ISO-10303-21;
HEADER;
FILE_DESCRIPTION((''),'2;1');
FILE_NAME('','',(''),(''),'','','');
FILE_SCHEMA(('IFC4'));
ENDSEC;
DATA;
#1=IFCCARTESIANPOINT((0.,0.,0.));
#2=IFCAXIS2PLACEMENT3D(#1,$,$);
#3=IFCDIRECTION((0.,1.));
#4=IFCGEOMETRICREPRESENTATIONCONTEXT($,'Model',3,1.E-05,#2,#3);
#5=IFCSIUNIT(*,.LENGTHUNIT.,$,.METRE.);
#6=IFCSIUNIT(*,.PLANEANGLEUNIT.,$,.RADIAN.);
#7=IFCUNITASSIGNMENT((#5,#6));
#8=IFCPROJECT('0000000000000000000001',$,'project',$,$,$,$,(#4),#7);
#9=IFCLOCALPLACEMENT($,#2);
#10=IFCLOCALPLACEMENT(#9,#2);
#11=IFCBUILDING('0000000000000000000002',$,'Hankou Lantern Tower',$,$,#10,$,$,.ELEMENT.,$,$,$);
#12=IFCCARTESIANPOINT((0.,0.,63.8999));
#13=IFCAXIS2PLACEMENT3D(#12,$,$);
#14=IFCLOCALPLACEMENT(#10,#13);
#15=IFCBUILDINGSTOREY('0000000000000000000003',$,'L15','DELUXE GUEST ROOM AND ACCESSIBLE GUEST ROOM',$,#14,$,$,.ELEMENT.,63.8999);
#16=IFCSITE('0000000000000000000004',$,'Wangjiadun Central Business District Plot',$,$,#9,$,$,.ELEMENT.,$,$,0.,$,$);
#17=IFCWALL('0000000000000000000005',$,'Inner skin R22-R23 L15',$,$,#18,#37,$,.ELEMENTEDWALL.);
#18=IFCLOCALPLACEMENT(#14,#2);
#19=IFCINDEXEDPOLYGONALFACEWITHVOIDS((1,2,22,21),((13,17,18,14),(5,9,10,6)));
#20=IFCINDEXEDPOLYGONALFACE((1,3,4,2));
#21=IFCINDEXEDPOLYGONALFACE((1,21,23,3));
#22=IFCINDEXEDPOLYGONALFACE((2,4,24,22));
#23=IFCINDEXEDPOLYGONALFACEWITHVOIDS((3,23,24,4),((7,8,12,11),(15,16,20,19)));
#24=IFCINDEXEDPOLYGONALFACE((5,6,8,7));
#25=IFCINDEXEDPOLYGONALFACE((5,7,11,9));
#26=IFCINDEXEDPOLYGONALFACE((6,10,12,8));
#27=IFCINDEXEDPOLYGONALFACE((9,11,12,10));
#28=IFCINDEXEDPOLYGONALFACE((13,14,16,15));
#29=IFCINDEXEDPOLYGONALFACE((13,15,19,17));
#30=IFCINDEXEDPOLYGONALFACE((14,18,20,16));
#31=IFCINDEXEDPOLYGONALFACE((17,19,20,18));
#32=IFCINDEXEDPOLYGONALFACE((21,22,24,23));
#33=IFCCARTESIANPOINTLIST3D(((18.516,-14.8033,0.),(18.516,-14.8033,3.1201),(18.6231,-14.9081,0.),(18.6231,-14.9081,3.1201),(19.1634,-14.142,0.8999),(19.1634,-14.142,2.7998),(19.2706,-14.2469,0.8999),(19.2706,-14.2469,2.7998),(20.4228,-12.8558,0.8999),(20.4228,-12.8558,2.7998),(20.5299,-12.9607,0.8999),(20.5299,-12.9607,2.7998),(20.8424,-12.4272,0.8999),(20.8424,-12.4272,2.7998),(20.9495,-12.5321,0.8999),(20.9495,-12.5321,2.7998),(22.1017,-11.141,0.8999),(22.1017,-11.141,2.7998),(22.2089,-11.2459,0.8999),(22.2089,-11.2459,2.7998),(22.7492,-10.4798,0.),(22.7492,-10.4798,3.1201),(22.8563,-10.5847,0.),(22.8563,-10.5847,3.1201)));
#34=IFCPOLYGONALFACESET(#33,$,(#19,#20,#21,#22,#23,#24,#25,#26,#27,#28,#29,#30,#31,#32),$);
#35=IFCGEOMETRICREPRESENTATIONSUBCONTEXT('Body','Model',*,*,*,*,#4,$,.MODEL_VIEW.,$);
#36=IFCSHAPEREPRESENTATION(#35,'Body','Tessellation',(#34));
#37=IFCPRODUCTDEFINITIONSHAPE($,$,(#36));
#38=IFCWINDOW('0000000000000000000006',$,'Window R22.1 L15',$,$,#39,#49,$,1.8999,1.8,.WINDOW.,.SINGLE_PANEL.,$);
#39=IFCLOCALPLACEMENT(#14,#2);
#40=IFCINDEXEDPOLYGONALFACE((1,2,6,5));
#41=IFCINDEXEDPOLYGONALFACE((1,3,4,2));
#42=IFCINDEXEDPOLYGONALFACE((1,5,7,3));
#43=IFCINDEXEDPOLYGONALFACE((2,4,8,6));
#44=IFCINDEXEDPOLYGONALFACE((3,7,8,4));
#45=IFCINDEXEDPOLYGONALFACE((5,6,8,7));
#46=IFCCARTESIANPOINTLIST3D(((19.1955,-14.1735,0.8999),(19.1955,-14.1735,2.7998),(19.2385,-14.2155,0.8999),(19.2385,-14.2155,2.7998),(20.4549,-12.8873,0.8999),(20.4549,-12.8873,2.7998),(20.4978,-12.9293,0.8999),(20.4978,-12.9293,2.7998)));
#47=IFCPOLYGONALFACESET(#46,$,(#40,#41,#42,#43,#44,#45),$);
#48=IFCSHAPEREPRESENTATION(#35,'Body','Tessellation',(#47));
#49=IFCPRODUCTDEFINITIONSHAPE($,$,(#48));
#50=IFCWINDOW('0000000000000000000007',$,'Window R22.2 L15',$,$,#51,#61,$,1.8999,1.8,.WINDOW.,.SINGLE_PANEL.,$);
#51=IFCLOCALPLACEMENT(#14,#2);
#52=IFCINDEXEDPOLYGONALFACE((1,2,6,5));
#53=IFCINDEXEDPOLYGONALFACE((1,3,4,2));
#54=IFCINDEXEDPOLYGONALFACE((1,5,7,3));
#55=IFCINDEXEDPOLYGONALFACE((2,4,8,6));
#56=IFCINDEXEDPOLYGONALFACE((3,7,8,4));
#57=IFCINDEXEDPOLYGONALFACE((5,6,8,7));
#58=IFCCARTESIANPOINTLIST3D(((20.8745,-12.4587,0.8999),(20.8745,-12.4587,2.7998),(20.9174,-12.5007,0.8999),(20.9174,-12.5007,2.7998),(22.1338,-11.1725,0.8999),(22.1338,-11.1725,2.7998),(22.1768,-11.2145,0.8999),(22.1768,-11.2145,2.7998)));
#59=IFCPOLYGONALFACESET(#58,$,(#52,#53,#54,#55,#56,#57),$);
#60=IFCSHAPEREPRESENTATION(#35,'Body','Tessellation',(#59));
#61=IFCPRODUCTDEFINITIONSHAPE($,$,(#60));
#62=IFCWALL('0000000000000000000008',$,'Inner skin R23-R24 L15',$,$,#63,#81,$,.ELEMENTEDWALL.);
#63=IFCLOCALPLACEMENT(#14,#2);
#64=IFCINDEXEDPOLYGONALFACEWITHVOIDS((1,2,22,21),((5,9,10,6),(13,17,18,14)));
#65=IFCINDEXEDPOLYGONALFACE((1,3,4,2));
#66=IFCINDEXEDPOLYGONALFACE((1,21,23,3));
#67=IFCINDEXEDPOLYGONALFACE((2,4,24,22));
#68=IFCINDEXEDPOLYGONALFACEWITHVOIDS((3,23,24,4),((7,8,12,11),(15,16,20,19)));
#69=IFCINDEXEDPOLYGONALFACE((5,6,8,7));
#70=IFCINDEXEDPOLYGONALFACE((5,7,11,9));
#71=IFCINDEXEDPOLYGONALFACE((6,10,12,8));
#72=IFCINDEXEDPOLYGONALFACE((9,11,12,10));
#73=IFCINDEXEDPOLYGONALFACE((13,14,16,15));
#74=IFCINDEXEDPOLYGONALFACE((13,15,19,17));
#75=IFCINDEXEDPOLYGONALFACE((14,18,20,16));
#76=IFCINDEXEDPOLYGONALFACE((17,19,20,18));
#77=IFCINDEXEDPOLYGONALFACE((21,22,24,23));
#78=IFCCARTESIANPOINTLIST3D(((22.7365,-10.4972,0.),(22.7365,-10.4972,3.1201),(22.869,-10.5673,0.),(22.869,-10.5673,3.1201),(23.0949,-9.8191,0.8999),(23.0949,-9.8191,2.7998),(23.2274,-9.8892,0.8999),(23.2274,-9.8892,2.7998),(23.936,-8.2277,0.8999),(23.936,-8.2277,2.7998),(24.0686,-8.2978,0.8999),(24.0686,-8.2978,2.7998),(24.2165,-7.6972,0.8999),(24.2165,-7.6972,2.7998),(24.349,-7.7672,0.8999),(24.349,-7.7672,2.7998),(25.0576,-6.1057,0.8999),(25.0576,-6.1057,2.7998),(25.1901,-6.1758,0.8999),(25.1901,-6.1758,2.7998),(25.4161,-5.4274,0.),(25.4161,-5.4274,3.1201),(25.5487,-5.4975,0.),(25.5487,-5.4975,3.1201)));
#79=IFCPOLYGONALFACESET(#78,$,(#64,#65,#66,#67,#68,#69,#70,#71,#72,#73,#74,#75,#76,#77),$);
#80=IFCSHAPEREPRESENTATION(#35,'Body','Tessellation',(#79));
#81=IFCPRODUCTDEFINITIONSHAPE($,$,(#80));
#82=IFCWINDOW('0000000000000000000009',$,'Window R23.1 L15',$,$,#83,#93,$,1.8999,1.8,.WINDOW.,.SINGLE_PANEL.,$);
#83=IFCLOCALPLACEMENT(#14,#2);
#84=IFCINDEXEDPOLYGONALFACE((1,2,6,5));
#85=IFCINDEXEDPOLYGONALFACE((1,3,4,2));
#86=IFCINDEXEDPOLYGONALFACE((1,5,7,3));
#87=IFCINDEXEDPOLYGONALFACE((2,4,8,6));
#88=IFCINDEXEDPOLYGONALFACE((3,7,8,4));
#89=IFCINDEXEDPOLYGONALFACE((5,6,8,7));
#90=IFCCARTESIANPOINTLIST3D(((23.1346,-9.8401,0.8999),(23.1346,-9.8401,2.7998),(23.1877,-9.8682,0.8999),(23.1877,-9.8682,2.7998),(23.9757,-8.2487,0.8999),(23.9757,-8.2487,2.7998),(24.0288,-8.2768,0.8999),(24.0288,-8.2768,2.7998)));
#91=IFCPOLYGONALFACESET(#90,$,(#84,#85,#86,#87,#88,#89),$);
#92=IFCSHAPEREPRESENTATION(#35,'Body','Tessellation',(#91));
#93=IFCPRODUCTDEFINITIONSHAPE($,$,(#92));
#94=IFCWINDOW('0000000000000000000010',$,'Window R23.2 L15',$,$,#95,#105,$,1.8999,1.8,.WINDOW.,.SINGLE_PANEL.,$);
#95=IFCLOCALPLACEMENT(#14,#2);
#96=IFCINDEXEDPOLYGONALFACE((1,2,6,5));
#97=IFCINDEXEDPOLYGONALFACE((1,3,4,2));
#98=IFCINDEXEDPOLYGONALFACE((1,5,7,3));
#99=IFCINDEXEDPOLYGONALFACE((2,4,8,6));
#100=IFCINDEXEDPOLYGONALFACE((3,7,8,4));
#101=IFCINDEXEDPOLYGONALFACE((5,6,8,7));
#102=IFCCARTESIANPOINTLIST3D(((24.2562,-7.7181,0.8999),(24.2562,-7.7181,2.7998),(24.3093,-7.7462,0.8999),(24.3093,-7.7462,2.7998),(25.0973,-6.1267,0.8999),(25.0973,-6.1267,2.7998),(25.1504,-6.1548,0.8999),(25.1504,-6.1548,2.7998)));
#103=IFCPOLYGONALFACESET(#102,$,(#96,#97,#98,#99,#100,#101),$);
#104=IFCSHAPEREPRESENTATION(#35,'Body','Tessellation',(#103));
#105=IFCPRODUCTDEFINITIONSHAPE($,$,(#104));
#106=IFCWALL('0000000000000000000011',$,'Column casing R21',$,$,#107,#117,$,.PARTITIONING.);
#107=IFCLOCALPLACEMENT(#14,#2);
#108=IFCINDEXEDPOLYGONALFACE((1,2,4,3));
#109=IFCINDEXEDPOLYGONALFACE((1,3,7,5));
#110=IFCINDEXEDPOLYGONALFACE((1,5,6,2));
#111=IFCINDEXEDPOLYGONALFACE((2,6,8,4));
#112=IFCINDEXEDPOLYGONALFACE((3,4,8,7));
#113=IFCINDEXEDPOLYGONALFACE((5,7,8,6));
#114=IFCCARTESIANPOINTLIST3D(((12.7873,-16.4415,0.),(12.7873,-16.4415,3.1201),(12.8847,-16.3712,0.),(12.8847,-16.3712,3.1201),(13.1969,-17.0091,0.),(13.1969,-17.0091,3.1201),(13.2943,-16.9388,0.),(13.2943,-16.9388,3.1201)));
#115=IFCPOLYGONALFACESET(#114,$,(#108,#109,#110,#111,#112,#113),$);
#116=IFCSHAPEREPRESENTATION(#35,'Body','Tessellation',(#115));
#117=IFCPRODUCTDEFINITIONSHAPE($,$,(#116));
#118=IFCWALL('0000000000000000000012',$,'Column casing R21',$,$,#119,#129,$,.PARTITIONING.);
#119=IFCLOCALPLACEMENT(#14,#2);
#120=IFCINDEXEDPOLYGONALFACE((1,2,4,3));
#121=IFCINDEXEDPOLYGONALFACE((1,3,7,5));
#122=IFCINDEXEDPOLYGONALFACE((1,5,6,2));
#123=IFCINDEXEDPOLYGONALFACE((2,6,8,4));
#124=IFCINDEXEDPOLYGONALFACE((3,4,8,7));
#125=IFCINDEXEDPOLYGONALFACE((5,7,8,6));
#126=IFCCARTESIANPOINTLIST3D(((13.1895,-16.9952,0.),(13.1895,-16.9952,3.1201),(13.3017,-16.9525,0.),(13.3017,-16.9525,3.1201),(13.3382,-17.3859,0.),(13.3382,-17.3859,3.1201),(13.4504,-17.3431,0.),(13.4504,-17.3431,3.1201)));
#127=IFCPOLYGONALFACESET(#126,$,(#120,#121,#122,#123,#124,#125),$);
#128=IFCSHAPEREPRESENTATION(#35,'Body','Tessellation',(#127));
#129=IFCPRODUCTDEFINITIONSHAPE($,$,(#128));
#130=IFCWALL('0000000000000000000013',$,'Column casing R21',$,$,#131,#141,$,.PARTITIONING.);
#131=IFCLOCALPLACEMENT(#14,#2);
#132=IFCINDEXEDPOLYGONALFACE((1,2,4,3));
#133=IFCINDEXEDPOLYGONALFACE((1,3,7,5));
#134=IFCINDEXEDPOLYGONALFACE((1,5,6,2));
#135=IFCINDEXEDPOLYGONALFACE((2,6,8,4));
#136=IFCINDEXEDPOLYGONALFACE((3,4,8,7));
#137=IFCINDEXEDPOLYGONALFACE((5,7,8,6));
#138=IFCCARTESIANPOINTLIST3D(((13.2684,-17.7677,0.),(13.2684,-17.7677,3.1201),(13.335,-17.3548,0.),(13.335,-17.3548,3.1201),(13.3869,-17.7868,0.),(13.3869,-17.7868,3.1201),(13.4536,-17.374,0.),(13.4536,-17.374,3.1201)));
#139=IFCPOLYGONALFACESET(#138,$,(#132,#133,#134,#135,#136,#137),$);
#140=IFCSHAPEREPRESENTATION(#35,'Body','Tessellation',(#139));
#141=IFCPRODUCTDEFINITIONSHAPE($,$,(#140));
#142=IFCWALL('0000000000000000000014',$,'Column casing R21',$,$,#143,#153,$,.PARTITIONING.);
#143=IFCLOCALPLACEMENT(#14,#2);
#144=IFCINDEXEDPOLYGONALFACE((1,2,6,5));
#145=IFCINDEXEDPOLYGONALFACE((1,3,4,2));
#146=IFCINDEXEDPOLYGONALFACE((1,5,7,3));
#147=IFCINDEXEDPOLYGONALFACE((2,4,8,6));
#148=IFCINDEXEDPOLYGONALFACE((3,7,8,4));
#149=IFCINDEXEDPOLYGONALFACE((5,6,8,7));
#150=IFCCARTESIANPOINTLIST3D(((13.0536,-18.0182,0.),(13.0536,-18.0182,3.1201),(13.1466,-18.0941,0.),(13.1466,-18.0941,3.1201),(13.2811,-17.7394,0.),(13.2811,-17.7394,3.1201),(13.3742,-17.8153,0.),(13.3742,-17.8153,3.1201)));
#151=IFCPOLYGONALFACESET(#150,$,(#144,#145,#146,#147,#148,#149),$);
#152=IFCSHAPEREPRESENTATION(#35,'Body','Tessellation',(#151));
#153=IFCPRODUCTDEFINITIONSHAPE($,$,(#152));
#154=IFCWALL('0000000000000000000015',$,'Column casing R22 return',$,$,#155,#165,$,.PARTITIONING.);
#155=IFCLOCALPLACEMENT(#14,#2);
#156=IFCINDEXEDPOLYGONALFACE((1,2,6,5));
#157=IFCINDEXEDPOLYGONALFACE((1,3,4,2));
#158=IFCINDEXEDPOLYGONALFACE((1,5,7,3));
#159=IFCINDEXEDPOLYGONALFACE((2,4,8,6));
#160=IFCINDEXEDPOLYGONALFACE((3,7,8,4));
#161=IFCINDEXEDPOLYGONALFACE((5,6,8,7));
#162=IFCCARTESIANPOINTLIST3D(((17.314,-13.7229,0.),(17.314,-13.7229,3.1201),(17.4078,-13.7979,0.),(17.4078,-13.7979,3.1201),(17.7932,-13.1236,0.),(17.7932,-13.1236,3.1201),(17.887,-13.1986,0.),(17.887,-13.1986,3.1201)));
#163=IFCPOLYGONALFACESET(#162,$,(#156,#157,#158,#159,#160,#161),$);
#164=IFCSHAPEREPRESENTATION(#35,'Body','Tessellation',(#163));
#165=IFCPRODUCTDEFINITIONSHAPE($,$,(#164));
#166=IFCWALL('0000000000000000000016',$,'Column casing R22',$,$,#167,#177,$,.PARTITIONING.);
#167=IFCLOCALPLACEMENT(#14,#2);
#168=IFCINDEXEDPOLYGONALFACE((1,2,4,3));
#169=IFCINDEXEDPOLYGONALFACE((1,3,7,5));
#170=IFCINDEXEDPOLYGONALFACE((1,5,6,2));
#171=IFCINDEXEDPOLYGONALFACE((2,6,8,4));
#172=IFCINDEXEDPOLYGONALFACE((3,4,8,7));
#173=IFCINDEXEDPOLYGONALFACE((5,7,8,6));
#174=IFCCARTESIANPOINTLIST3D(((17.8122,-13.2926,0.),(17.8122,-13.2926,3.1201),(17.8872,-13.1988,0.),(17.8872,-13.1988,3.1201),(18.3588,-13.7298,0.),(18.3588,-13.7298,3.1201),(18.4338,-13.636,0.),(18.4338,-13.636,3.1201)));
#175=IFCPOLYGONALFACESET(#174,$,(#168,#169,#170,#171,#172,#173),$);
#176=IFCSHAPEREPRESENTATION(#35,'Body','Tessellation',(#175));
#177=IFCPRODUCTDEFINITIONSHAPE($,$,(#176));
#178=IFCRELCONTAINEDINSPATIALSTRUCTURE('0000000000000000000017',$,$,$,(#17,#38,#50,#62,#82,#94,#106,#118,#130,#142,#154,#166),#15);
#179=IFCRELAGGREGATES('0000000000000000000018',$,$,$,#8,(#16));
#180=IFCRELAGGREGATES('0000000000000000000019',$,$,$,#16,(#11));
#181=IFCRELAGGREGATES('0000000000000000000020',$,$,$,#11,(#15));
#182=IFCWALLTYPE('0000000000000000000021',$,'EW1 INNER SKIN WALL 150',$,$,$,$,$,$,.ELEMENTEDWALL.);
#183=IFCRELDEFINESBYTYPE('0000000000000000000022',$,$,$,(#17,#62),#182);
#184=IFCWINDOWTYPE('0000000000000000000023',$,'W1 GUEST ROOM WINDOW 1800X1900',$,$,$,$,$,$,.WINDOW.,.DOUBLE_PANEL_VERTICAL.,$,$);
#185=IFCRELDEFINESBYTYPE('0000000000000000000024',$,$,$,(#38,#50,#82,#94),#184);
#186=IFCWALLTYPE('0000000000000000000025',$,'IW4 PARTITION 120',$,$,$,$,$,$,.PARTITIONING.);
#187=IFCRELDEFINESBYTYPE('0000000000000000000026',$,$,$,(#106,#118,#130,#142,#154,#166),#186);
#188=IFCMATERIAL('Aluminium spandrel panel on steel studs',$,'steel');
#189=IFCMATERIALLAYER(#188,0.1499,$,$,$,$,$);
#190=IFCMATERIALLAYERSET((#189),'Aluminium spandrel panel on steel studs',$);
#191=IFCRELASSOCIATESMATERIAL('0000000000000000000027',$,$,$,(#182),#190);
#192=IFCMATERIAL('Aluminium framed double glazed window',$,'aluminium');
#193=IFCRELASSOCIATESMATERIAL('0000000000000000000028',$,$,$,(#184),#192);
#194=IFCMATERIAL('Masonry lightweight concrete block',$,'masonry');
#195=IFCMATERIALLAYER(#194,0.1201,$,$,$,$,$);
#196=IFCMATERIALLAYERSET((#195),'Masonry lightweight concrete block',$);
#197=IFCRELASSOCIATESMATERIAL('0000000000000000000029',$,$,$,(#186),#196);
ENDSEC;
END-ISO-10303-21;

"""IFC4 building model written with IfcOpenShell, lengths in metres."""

from ifc_helpers import new_model, si_unit, direction, frame, frame_2d, origin, place, context, subcontext, project, spatial, rectangle, extrude, material, layer, layer_set, type_object, element, fill, save


model = new_model("IFC4")

# Units and contexts
model_context = context("Model", 3, precision=1e-05, world=origin(), true_north=direction((0.0, 1.0)))
body_context = subcontext(model_context, "Body", "Model", "MODEL_VIEW")
ifc_project = project(units=[si_unit("LENGTHUNIT", "METRE"), si_unit("PLANEANGLEUNIT", "RADIAN")], contexts=[model_context])

# Site, building, storey
site_placement = place(None, origin())
site = spatial("IfcSite", under=ifc_project, at=site_placement, Name="Wangjiadun Central Business District Plot", CompositionType="ELEMENT", RefElevation=0.0)
building_placement = place(site_placement, origin())
building = spatial("IfcBuilding", under=site, at=building_placement, Name="Hankou Lantern Tower", CompositionType="ELEMENT")
storey_placement = place(building_placement, frame((0.0, 0.0, 63.8999)))
storey = spatial("IfcBuildingStorey", under=building, at=storey_placement, Name="L15", Description="DELUXE GUEST ROOM AND ACCESSIBLE GUEST ROOM", CompositionType="ELEMENT", Elevation=63.8999)

# Walls, openings, windows
ifc_material_1 = material(Name="Aluminium spandrel panel on steel studs", Category="steel")
ifc_layer_1 = layer(ifc_material_1, 0.1499)
ifc_layer_set_1 = layer_set([ifc_layer_1], Name="Aluminium spandrel panel on steel studs")
wall_type_1 = type_object("IfcWallType", Name="EW1 INNER SKIN WALL 150", PredefinedType="ELEMENTEDWALL", material=ifc_layer_set_1)
ifc_material_2 = material(Name="Aluminium framed double glazed window", Category="aluminium")
window_type = type_object("IfcWindowType", Name="W1 GUEST ROOM WINDOW 1800X1900", PartitioningType="DOUBLE_PANEL_VERTICAL", PredefinedType="WINDOW", material=ifc_material_2)
wall_1_placement = place(storey_placement, frame((18.5696, -14.8557, 0.0), z_axis=(0.0, 0.0, 1.0), x_axis=(0.699603, 0.714532, 0.0)))
wall_1 = element("IfcWall", 1, at=wall_1_placement, inside=storey, type_object=wall_type_1, Name="Inner skin R22-R23 L15", PredefinedType="ELEMENTEDWALL", context=body_context, shape_type="SweptSolid", body=[
    extrude(rectangle(XDim=6.0508, YDim=0.1499, at=frame_2d((3.0254, 0.0))), origin(), (0.0, 0.0, 1.0), 3.1201),
])
opening_1_placement = place(wall_1_placement, frame((0.9255, 0.0, 0.8999)))
opening_1 = element("IfcOpeningElement", 2, at=opening_1_placement, cuts=wall_1, PredefinedType="OPENING", context=body_context, shape_type="SweptSolid", body=[
    extrude(rectangle(XDim=1.8, YDim=1.8999, at=frame_2d((0.8999, 0.95))), frame((0.0, 0.085, 0.0), z_axis=(0.0, -1.0, 0.0), x_axis=(1.0, 0.0, 0.0)), (0.0, 0.0, 1.0), 0.1699),
])
opening_2_placement = place(wall_1_placement, frame((3.3254, 0.0, 0.8999)))
opening_2 = element("IfcOpeningElement", 3, at=opening_2_placement, cuts=wall_1, PredefinedType="OPENING", context=body_context, shape_type="SweptSolid", body=[
    extrude(rectangle(XDim=1.8, YDim=1.8999, at=frame_2d((0.8999, 0.95))), frame((0.0, 0.085, 0.0), z_axis=(0.0, -1.0, 0.0), x_axis=(1.0, 0.0, 0.0)), (0.0, 0.0, 1.0), 0.1699),
])
window_1_placement = place(opening_1_placement, origin())
window_1 = element("IfcWindow", 4, at=window_1_placement, inside=storey, type_object=window_type, Name="Window R22.1 L15", OverallHeight=1.8999, OverallWidth=1.8, PartitioningType="SINGLE_PANEL", PredefinedType="WINDOW", context=body_context, shape_type="SweptSolid", body=[
    extrude(rectangle(XDim=1.8, YDim=1.8999, at=frame_2d((0.8999, 0.95))), frame((0.0, 0.03, 0.0), z_axis=(0.0, -1.0, 0.0), x_axis=(1.0, 0.0, 0.0)), (0.0, 0.0, 1.0), 0.0601),
])
fill(opening_1, window_1)
window_2_placement = place(opening_2_placement, origin())
window_2 = element("IfcWindow", 5, at=window_2_placement, inside=storey, type_object=window_type, Name="Window R22.2 L15", OverallHeight=1.8999, OverallWidth=1.8, PartitioningType="SINGLE_PANEL", PredefinedType="WINDOW", context=body_context, shape_type="SweptSolid", body=[
    extrude(rectangle(XDim=1.8, YDim=1.8999, at=frame_2d((0.8999, 0.95))), frame((0.0, 0.03, 0.0), z_axis=(0.0, -1.0, 0.0), x_axis=(1.0, 0.0, 0.0)), (0.0, 0.0, 1.0), 0.0601),
])
fill(opening_2, window_2)
wall_2_placement = place(storey_placement, frame((22.8027, -10.5322, 0.0), z_axis=(0.0, 0.0, 1.0), x_axis=(0.467297, 0.8841, 0.0)))
wall_2 = element("IfcWall", 6, at=wall_2_placement, inside=storey, type_object=wall_type_1, Name="Inner skin R23-R24 L15", PredefinedType="ELEMENTEDWALL", context=body_context, shape_type="SweptSolid", body=[
    extrude(rectangle(XDim=5.7344, YDim=0.1499, at=frame_2d((2.8672, 0.0))), origin(), (0.0, 0.0, 1.0), 3.1201),
])
opening_3_placement = place(wall_2_placement, frame((0.7671, 0.0, 0.8999)))
opening_3 = element("IfcOpeningElement", 7, at=opening_3_placement, cuts=wall_2, PredefinedType="OPENING", context=body_context, shape_type="SweptSolid", body=[
    extrude(rectangle(XDim=1.8, YDim=1.8999, at=frame_2d((0.8999, 0.95))), frame((0.0, 0.085, 0.0), z_axis=(0.0, -1.0, 0.0), x_axis=(1.0, 0.0, 0.0)), (0.0, 0.0, 1.0), 0.1699),
])
opening_4_placement = place(wall_2_placement, frame((3.1672, 0.0, 0.8999)))
opening_4 = element("IfcOpeningElement", 8, at=opening_4_placement, cuts=wall_2, PredefinedType="OPENING", context=body_context, shape_type="SweptSolid", body=[
    extrude(rectangle(XDim=1.8, YDim=1.8999, at=frame_2d((0.8999, 0.95))), frame((0.0, 0.085, 0.0), z_axis=(0.0, -1.0, 0.0), x_axis=(1.0, 0.0, 0.0)), (0.0, 0.0, 1.0), 0.1699),
])
window_3_placement = place(opening_3_placement, origin())
window_3 = element("IfcWindow", 9, at=window_3_placement, inside=storey, type_object=window_type, Name="Window R23.1 L15", OverallHeight=1.8999, OverallWidth=1.8, PartitioningType="SINGLE_PANEL", PredefinedType="WINDOW", context=body_context, shape_type="SweptSolid", body=[
    extrude(rectangle(XDim=1.8, YDim=1.8999, at=frame_2d((0.8999, 0.95))), frame((0.0, 0.03, 0.0), z_axis=(0.0, -1.0, 0.0), x_axis=(1.0, 0.0, 0.0)), (0.0, 0.0, 1.0), 0.0601),
])
fill(opening_3, window_3)
window_4_placement = place(opening_4_placement, origin())
window_4 = element("IfcWindow", 10, at=window_4_placement, inside=storey, type_object=window_type, Name="Window R23.2 L15", OverallHeight=1.8999, OverallWidth=1.8, PartitioningType="SINGLE_PANEL", PredefinedType="WINDOW", context=body_context, shape_type="SweptSolid", body=[
    extrude(rectangle(XDim=1.8, YDim=1.8999, at=frame_2d((0.8999, 0.95))), frame((0.0, 0.03, 0.0), z_axis=(0.0, -1.0, 0.0), x_axis=(1.0, 0.0, 0.0)), (0.0, 0.0, 1.0), 0.0601),
])
fill(opening_4, window_4)

# Walls
ifc_material_3 = material(Name="Masonry lightweight concrete block", Category="masonry")
ifc_layer_2 = layer(ifc_material_3, 0.1201)
ifc_layer_set_2 = layer_set([ifc_layer_2], Name="Masonry lightweight concrete block")
wall_type_2 = type_object("IfcWallType", Name="IW4 PARTITION 120", PredefinedType="PARTITIONING", material=ifc_layer_set_2)
wall_3_placement = place(storey_placement, frame((12.8359, -16.4062, 0.0), z_axis=(0.0, 0.0, 1.0), x_axis=(0.585223, -0.810872, 0.0)))
element("IfcWall", 11, at=wall_3_placement, inside=storey, type_object=wall_type_2, Name="Column casing R21", PredefinedType="PARTITIONING", context=body_context, shape_type="SweptSolid", body=[
    extrude(rectangle(XDim=0.7, YDim=0.1201, at=frame_2d((0.3501, 0.0))), origin(), (0.0, 0.0, 1.0), 3.1201),
])
wall_4_placement = place(storey_placement, frame((13.2456, -16.9739, 0.0), z_axis=(0.0, 0.0, 1.0), x_axis=(0.355728, -0.934589, 0.0)))
element("IfcWall", 12, at=wall_4_placement, inside=storey, type_object=wall_type_2, Name="Column casing R21", PredefinedType="PARTITIONING", context=body_context, shape_type="SweptSolid", body=[
    extrude(rectangle(XDim=0.418, YDim=0.1201, at=frame_2d((0.209, 0.0))), origin(), (0.0, 0.0, 1.0), 3.1201),
])
wall_5_placement = place(storey_placement, frame((13.3943, -17.3645, 0.0), z_axis=(0.0, 0.0, 1.0), x_axis=(-0.159379, -0.987217, 0.0)))
element("IfcWall", 13, at=wall_5_placement, inside=storey, type_object=wall_type_2, Name="Column casing R21", PredefinedType="PARTITIONING", context=body_context, shape_type="SweptSolid", body=[
    extrude(rectangle(XDim=0.4182, YDim=0.1201, at=frame_2d((0.209, 0.0))), origin(), (0.0, 0.0, 1.0), 3.1201),
])
wall_6_placement = place(storey_placement, frame((13.3276, -17.7773, 0.0), z_axis=(0.0, 0.0, 1.0), x_axis=(-0.632277, -0.774743, 0.0)))
element("IfcWall", 14, at=wall_6_placement, inside=storey, type_object=wall_type_2, Name="Column casing R21", PredefinedType="PARTITIONING", context=body_context, shape_type="SweptSolid", body=[
    extrude(rectangle(XDim=0.3599, YDim=0.1201, at=frame_2d((0.1799, 0.0))), origin(), (0.0, 0.0, 1.0), 3.1201),
])
wall_7_placement = place(storey_placement, frame((17.3608, -13.7605, 0.0), z_axis=(0.0, 0.0, 1.0), x_axis=(0.624501, 0.781024, 0.0)))
element("IfcWall", 15, at=wall_7_placement, inside=storey, type_object=wall_type_2, Name="Column casing R22 return", PredefinedType="PARTITIONING", context=body_context, shape_type="SweptSolid", body=[
    extrude(rectangle(XDim=0.7673, YDim=0.1201, at=frame_2d((0.3838, 0.0))), origin(), (0.0, 0.0, 1.0), 3.1201),
])
wall_8_placement = place(storey_placement, frame((17.8496, -13.2456, 0.0), z_axis=(0.0, 0.0, 1.0), x_axis=(0.780903, -0.624653, 0.0)))
element("IfcWall", 16, at=wall_8_placement, inside=storey, type_object=wall_type_2, Name="Column casing R22", PredefinedType="PARTITIONING", context=body_context, shape_type="SweptSolid", body=[
    extrude(rectangle(XDim=0.7, YDim=0.1201, at=frame_2d((0.3501, 0.0))), origin(), (0.0, 0.0, 1.0), 3.1201),
])

save(model, "model.ifc")
